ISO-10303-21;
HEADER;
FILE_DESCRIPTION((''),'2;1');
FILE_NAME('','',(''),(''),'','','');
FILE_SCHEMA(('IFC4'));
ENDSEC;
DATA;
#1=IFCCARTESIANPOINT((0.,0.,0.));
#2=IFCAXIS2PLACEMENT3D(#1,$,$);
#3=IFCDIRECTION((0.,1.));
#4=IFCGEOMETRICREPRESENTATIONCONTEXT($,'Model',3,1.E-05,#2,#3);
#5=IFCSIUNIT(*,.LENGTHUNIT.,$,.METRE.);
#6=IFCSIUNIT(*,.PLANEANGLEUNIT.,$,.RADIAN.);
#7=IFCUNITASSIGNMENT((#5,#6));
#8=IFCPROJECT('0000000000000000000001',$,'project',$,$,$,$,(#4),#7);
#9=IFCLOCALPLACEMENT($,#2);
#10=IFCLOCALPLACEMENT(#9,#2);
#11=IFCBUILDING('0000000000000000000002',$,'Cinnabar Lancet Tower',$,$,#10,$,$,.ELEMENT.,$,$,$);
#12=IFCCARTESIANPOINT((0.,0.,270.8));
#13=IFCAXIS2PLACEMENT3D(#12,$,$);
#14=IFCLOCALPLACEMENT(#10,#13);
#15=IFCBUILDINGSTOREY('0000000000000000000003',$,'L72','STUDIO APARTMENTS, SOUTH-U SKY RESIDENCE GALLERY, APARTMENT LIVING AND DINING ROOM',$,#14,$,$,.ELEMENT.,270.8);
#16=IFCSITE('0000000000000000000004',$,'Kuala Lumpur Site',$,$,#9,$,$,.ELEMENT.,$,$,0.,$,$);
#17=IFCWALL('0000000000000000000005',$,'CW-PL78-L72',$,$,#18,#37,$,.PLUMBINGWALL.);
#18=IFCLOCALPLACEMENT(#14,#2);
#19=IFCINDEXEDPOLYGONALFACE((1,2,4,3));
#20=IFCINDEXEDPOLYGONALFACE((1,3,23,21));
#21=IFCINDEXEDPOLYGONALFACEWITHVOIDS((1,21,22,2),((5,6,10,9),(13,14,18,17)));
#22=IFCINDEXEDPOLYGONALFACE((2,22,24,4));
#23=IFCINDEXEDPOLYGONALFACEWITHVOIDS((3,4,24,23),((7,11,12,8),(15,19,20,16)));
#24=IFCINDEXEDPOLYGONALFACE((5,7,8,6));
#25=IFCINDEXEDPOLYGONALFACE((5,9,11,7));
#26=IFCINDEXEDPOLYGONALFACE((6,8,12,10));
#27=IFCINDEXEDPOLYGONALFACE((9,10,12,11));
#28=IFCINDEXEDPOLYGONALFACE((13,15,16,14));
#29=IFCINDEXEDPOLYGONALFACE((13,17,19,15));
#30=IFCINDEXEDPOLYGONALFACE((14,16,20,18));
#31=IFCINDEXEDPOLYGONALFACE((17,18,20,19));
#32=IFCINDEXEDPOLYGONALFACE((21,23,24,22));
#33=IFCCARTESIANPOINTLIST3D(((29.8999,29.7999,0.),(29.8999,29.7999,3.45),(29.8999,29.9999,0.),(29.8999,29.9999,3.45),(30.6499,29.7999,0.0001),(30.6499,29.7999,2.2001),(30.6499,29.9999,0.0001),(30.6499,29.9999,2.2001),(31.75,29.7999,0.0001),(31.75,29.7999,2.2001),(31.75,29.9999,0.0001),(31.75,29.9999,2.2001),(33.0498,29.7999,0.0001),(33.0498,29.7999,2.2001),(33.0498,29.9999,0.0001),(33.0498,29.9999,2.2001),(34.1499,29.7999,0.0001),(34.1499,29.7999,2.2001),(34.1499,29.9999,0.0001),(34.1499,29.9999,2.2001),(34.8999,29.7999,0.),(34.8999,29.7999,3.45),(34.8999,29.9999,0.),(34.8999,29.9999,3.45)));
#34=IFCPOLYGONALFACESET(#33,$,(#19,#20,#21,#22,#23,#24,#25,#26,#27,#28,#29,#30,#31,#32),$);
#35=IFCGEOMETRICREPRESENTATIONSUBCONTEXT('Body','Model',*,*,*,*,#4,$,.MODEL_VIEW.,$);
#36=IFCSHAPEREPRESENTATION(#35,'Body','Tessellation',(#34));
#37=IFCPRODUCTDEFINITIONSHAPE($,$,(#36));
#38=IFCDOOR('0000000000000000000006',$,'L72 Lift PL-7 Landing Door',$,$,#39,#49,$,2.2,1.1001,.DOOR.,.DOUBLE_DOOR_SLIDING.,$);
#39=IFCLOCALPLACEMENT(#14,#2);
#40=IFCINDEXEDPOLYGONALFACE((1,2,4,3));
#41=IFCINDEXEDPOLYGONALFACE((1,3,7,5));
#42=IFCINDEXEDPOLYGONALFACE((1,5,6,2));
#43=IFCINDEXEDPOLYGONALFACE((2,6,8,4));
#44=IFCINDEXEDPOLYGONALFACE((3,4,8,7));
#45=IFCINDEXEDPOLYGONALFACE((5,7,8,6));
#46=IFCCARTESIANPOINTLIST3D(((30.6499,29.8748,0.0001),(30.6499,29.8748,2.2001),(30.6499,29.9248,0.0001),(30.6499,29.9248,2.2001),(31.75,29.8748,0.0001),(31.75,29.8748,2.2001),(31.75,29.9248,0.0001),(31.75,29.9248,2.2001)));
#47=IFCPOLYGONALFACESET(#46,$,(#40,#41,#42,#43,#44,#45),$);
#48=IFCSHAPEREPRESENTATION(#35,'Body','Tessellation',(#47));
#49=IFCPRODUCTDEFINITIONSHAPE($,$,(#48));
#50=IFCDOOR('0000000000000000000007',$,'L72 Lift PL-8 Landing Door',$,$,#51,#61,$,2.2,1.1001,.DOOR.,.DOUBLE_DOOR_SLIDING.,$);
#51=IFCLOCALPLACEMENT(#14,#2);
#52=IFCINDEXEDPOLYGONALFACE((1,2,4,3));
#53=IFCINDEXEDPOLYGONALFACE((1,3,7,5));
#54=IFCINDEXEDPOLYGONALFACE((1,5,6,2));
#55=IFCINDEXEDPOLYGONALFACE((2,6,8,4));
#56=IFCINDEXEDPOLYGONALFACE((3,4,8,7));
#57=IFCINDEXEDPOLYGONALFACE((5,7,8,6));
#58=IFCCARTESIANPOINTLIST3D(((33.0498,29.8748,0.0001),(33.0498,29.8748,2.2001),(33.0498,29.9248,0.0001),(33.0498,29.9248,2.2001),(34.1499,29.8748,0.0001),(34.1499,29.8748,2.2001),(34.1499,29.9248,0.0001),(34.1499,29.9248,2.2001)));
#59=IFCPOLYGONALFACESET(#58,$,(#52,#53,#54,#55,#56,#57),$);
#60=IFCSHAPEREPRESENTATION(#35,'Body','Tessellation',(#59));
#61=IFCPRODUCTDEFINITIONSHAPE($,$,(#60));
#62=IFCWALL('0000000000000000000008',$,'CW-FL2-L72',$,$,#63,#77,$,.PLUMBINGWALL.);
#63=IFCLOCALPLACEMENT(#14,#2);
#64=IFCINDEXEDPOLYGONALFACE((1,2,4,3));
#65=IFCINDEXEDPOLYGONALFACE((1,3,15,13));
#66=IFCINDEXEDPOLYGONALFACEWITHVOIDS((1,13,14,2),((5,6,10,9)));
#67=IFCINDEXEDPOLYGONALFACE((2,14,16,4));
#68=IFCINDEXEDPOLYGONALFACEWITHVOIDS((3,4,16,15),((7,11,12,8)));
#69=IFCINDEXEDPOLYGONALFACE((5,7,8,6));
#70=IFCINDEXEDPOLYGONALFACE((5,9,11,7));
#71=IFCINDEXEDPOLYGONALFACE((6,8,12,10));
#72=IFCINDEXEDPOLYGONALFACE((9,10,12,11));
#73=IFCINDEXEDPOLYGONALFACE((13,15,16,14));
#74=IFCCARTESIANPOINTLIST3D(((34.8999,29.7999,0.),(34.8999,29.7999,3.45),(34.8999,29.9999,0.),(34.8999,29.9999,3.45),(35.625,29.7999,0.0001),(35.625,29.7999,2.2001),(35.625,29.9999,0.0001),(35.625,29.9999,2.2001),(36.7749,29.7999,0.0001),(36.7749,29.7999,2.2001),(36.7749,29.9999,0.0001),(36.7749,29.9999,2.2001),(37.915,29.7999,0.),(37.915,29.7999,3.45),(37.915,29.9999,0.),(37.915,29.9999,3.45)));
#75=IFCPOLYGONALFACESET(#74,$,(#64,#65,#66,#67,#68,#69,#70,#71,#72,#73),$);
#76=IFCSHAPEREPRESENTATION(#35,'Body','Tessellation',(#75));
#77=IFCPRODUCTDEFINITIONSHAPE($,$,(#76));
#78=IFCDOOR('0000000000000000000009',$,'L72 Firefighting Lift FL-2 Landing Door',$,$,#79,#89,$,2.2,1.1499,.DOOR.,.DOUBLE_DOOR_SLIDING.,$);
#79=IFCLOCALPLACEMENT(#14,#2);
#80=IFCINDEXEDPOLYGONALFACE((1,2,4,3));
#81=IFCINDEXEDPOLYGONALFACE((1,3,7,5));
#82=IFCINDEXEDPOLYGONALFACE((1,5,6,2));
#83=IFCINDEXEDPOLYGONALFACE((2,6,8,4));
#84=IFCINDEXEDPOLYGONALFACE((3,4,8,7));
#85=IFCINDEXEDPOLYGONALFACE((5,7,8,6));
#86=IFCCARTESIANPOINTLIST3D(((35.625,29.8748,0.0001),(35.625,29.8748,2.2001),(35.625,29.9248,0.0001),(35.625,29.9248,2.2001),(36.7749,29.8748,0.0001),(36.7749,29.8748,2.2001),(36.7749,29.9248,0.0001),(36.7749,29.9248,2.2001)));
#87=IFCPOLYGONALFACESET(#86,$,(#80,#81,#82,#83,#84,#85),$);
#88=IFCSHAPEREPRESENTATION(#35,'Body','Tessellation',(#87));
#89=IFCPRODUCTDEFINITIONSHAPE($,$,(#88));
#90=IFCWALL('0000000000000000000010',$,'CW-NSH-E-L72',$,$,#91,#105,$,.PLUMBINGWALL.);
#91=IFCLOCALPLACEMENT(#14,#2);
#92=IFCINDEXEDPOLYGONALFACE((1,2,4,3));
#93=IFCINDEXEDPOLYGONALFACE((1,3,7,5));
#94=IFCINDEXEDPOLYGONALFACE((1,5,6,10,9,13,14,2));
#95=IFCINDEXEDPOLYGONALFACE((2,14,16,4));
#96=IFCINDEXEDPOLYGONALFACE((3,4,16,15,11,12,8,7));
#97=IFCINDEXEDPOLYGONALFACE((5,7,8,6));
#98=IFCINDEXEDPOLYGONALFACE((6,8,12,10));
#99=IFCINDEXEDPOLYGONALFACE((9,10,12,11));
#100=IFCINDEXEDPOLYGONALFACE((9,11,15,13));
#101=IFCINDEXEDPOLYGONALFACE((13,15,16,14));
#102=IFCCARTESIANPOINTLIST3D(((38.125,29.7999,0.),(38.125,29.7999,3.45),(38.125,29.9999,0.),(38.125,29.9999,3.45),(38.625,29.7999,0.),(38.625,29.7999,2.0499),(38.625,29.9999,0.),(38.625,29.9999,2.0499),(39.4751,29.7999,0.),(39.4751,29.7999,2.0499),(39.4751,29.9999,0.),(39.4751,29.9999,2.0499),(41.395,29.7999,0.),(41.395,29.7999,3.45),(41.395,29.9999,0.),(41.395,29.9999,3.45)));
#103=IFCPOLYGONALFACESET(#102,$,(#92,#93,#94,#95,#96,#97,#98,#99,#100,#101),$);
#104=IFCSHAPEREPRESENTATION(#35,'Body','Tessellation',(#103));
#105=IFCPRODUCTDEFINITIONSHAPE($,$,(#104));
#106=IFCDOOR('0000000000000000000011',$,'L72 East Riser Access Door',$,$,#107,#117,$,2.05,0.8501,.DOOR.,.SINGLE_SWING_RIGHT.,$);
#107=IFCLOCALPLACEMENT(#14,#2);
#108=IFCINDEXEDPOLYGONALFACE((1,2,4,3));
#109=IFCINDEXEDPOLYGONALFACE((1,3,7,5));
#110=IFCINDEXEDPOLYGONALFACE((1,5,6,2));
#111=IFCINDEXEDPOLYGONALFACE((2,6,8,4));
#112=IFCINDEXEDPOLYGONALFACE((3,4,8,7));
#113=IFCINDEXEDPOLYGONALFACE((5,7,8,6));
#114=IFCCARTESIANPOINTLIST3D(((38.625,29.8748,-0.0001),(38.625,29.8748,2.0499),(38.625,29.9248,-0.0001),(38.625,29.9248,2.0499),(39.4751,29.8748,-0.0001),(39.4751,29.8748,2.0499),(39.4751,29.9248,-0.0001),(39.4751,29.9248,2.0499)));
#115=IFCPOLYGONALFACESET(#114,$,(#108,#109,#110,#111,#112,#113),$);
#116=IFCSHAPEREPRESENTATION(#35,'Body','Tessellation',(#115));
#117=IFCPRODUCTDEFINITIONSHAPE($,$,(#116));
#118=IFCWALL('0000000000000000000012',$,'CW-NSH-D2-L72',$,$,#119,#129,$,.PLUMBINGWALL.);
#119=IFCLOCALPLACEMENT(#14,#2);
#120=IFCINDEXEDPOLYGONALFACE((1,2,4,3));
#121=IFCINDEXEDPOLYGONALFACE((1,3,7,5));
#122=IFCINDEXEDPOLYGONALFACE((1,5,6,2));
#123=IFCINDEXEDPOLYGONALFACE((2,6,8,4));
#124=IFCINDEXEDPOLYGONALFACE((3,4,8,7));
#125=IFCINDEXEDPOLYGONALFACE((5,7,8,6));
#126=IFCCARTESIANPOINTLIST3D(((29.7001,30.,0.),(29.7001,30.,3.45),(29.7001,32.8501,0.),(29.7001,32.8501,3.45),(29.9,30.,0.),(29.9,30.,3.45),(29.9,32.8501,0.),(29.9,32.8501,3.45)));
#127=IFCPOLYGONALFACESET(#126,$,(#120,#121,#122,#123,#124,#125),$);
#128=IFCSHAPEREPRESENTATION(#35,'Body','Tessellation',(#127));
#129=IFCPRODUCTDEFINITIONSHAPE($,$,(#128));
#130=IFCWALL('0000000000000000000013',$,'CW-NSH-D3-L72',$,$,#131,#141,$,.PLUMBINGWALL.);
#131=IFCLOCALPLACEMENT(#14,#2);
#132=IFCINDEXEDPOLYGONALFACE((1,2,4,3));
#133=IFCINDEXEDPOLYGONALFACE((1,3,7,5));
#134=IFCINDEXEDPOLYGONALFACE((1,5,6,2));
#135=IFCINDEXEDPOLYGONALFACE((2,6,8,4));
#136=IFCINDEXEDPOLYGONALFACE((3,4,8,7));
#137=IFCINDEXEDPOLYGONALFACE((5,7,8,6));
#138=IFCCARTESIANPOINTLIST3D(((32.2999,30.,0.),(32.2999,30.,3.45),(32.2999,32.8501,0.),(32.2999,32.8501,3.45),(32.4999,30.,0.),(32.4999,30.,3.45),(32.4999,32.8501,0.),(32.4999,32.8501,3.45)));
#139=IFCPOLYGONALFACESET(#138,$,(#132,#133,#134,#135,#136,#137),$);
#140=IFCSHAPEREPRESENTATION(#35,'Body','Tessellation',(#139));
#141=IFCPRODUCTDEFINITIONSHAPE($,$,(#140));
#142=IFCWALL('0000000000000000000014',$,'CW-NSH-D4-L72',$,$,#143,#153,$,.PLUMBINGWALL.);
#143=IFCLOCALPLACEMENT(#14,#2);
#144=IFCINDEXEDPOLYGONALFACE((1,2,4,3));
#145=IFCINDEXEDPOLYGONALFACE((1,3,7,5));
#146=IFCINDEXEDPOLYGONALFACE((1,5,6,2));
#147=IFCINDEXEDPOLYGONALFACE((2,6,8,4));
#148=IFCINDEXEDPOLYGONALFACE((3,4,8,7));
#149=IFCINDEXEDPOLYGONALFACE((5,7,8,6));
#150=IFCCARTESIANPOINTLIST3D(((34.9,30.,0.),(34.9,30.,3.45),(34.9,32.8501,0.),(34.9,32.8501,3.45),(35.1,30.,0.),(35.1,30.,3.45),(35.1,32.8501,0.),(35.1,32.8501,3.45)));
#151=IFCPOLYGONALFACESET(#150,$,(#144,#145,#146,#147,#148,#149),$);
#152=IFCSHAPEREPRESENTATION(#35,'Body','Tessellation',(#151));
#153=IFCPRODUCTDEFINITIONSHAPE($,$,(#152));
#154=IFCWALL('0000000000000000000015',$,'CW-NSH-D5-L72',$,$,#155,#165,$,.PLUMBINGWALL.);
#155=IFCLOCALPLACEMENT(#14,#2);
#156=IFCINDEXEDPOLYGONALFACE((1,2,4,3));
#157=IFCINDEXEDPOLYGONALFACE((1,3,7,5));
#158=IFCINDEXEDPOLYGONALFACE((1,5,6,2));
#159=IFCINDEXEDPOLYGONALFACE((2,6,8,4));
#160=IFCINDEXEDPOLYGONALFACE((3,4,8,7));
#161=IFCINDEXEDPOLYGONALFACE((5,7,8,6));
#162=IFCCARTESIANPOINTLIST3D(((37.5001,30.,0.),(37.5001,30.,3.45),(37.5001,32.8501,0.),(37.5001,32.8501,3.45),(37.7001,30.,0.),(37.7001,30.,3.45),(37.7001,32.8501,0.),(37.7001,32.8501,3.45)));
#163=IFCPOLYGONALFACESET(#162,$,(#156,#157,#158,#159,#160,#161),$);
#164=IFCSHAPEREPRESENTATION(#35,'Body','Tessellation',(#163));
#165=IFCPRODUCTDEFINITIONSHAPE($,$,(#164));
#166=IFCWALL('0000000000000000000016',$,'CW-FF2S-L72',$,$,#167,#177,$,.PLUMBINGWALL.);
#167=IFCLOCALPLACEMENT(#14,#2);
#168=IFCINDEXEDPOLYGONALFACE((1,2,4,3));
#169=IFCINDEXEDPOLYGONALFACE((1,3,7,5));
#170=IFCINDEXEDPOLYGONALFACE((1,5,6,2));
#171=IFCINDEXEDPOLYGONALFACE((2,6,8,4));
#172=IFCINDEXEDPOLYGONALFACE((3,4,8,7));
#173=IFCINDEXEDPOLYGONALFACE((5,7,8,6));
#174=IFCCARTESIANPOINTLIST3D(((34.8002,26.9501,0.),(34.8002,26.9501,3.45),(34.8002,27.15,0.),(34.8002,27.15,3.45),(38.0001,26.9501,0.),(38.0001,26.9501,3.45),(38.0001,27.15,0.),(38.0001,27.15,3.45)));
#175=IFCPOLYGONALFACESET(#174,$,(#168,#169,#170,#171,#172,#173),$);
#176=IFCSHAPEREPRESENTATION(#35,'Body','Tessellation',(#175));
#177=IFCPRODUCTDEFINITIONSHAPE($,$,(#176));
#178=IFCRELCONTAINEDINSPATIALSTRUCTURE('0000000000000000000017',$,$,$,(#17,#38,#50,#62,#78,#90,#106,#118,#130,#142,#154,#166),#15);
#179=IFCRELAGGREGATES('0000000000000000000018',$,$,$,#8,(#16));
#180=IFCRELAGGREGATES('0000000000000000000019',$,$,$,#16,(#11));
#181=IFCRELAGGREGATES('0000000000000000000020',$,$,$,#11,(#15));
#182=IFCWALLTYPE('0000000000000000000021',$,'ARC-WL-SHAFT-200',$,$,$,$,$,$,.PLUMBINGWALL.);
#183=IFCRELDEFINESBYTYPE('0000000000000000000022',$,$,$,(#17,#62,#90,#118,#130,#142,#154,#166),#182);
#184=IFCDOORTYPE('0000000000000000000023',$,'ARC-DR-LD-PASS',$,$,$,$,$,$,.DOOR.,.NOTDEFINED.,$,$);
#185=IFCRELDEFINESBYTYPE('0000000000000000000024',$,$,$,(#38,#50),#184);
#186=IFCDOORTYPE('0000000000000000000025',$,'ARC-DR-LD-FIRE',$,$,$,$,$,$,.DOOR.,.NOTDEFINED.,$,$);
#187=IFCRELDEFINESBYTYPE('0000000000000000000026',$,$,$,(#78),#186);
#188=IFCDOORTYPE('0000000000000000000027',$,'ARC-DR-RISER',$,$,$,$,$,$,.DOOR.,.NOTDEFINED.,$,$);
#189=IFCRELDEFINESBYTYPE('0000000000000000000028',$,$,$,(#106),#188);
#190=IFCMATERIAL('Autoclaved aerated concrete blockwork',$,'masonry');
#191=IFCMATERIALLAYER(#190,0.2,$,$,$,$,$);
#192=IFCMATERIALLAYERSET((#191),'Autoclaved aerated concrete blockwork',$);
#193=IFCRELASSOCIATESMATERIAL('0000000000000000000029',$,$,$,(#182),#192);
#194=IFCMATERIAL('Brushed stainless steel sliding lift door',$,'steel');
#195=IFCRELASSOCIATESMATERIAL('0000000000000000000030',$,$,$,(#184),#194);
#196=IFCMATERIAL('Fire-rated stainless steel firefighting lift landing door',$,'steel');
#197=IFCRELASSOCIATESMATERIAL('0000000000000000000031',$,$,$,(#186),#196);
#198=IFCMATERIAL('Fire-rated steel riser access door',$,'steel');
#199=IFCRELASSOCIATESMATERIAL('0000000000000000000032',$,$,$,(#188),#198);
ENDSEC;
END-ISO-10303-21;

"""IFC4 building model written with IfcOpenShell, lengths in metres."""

from ifc_helpers import new_model, si_unit, direction, frame, frame_2d, origin, place, context, subcontext, project, spatial, rectangle, extrude, material, layer, layer_set, type_object, element, fill, save


model = new_model("IFC4")

# Units and contexts
model_context = context("Model", 3, precision=1e-05, world=origin(), true_north=direction((0.0, 1.0)))
body_context = subcontext(model_context, "Body", "Model", "MODEL_VIEW")
ifc_project = project(units=[si_unit("LENGTHUNIT", "METRE"), si_unit("PLANEANGLEUNIT", "RADIAN")], contexts=[model_context])

# Site, building, storey
site_placement = place(None, origin())
site = spatial("IfcSite", under=ifc_project, at=site_placement, Name="Kuala Lumpur Site", CompositionType="ELEMENT", RefElevation=0.0)
building_placement = place(site_placement, origin())
building = spatial("IfcBuilding", under=site, at=building_placement, Name="Cinnabar Lancet Tower", CompositionType="ELEMENT")
storey_placement = place(building_placement, frame((0.0, 0.0, 270.8)))
storey = spatial("IfcBuildingStorey", under=building, at=storey_placement, Name="L72", Description="STUDIO APARTMENTS, SOUTH-U SKY RESIDENCE GALLERY, APARTMENT LIVING AND DINING ROOM", CompositionType="ELEMENT", Elevation=270.8)

# Wall, openings, doors
ifc_material_1 = material(Name="Autoclaved aerated concrete blockwork", Category="masonry")
ifc_layer = layer(ifc_material_1, 0.2)
ifc_layer_set = layer_set([ifc_layer], Name="Autoclaved aerated concrete blockwork")
wall_type = type_object("IfcWallType", Name="ARC-WL-SHAFT-200", PredefinedType="PLUMBINGWALL", material=ifc_layer_set)
wall_1_placement = place(storey_placement, frame((29.8999, 29.8999, 0.0), z_axis=(0.0, 0.0, 1.0), x_axis=(1.0, 0.0, 0.0)))
wall_1 = element("IfcWall", 1, at=wall_1_placement, inside=storey, type_object=wall_type, Name="CW-PL78-L72", PredefinedType="PLUMBINGWALL", context=body_context, shape_type="SweptSolid", body=[
    extrude(rectangle(XDim=5.0, YDim=0.2, at=frame_2d((2.5, 0.0))), origin(), (0.0, 0.0, 1.0), 3.45),
])
opening_1_placement = place(wall_1_placement, frame((0.75, 0.0, 0.0)))
opening_1 = element("IfcOpeningElement", 2, at=opening_1_placement, cuts=wall_1, PredefinedType="OPENING", context=body_context, shape_type="SweptSolid", body=[
    extrude(rectangle(XDim=1.1001, YDim=2.2, at=frame_2d((0.55, 1.1001))), frame((0.0, 0.1099, 0.0), z_axis=(0.0, -1.0, 0.0), x_axis=(1.0, 0.0, 0.0)), (0.0, 0.0, 1.0), 0.22),
])
opening_2_placement = place(wall_1_placement, frame((3.1499, 0.0, 0.0)))
opening_2 = element("IfcOpeningElement", 3, at=opening_2_placement, cuts=wall_1, PredefinedType="OPENING", context=body_context, shape_type="SweptSolid", body=[
    extrude(rectangle(XDim=1.1001, YDim=2.2, at=frame_2d((0.55, 1.1001))), frame((0.0, 0.1099, 0.0), z_axis=(0.0, -1.0, 0.0), x_axis=(1.0, 0.0, 0.0)), (0.0, 0.0, 1.0), 0.22),
])
ifc_material_2 = material(Name="Brushed stainless steel sliding lift door", Category="steel")
door_type_1 = type_object("IfcDoorType", Name="ARC-DR-LD-PASS", OperationType="NOTDEFINED", PredefinedType="DOOR", material=ifc_material_2)
door_1_placement = place(opening_1_placement, origin())
door_1 = element("IfcDoor", 4, at=door_1_placement, inside=storey, type_object=door_type_1, Name="L72 Lift PL-7 Landing Door", OperationType="DOUBLE_DOOR_SLIDING", OverallHeight=2.2, OverallWidth=1.1001, PredefinedType="DOOR", context=body_context, shape_type="SweptSolid", body=[
    extrude(rectangle(XDim=1.1001, YDim=2.2, at=frame_2d((0.55, 1.1001))), frame((0.0, 0.0249, 0.0), z_axis=(0.0, -1.0, 0.0), x_axis=(1.0, 0.0, 0.0)), (0.0, 0.0, 1.0), 0.05),
])
fill(opening_1, door_1)
door_2_placement = place(opening_2_placement, origin())
door_2 = element("IfcDoor", 5, at=door_2_placement, inside=storey, type_object=door_type_1, Name="L72 Lift PL-8 Landing Door", OperationType="DOUBLE_DOOR_SLIDING", OverallHeight=2.2, OverallWidth=1.1001, PredefinedType="DOOR", context=body_context, shape_type="SweptSolid", body=[
    extrude(rectangle(XDim=1.1001, YDim=2.2, at=frame_2d((0.55, 1.1001))), frame((0.0, 0.0249, 0.0), z_axis=(0.0, -1.0, 0.0), x_axis=(1.0, 0.0, 0.0)), (0.0, 0.0, 1.0), 0.05),
])
fill(opening_2, door_2)

# Walls, openings, doors
wall_2_placement = place(storey_placement, frame((34.8999, 29.8999, 0.0), z_axis=(0.0, 0.0, 1.0), x_axis=(1.0, 0.0, 0.0)))
wall_2 = element("IfcWall", 6, at=wall_2_placement, inside=storey, type_object=wall_type, Name="CW-FL2-L72", PredefinedType="PLUMBINGWALL", context=body_context, shape_type="SweptSolid", body=[
    extrude(rectangle(XDim=3.0151, YDim=0.2, at=frame_2d((1.5076, 0.0))), origin(), (0.0, 0.0, 1.0), 3.45),
])
opening_3_placement = place(wall_2_placement, frame((0.7251, 0.0, 0.0)))
opening_3 = element("IfcOpeningElement", 7, at=opening_3_placement, cuts=wall_2, PredefinedType="OPENING", context=body_context, shape_type="SweptSolid", body=[
    extrude(rectangle(XDim=1.1499, YDim=2.2, at=frame_2d((0.575, 1.1001))), frame((0.0, 0.1099, 0.0), z_axis=(0.0, -1.0, 0.0), x_axis=(1.0, 0.0, 0.0)), (0.0, 0.0, 1.0), 0.22),
])
ifc_material_3 = material(Name="Fire-rated stainless steel firefighting lift landing door", Category="steel")
door_type_2 = type_object("IfcDoorType", Name="ARC-DR-LD-FIRE", OperationType="NOTDEFINED", PredefinedType="DOOR", material=ifc_material_3)
door_3_placement = place(opening_3_placement, origin())
door_3 = element("IfcDoor", 8, at=door_3_placement, inside=storey, type_object=door_type_2, Name="L72 Firefighting Lift FL-2 Landing Door", OperationType="DOUBLE_DOOR_SLIDING", OverallHeight=2.2, OverallWidth=1.1499, PredefinedType="DOOR", context=body_context, shape_type="SweptSolid", body=[
    extrude(rectangle(XDim=1.1499, YDim=2.2, at=frame_2d((0.575, 1.1001))), frame((0.0, 0.0249, 0.0), z_axis=(0.0, -1.0, 0.0), x_axis=(1.0, 0.0, 0.0)), (0.0, 0.0, 1.0), 0.05),
])
fill(opening_3, door_3)
wall_3_placement = place(storey_placement, frame((38.125, 29.8999, 0.0), z_axis=(0.0, 0.0, 1.0), x_axis=(1.0, 0.0, 0.0)))
wall_3 = element("IfcWall", 9, at=wall_3_placement, inside=storey, type_object=wall_type, Name="CW-NSH-E-L72", PredefinedType="PLUMBINGWALL", context=body_context, shape_type="SweptSolid", body=[
    extrude(rectangle(XDim=3.27, YDim=0.2, at=frame_2d((1.635, 0.0))), origin(), (0.0, 0.0, 1.0), 3.45),
])
opening_4_placement = place(wall_3_placement, frame((0.5, 0.0, 0.0)))
opening_4 = element("IfcOpeningElement", 10, at=opening_4_placement, cuts=wall_3, PredefinedType="OPENING", context=body_context, shape_type="SweptSolid", body=[
    extrude(rectangle(XDim=0.8501, YDim=2.05, at=frame_2d((0.425, 1.0249))), frame((0.0, 0.1099, 0.0), z_axis=(0.0, -1.0, 0.0), x_axis=(1.0, 0.0, 0.0)), (0.0, 0.0, 1.0), 0.22),
])
ifc_material_4 = material(Name="Fire-rated steel riser access door", Category="steel")
door_type_3 = type_object("IfcDoorType", Name="ARC-DR-RISER", OperationType="NOTDEFINED", PredefinedType="DOOR", material=ifc_material_4)
door_4_placement = place(opening_4_placement, origin())
door_4 = element("IfcDoor", 11, at=door_4_placement, inside=storey, type_object=door_type_3, Name="L72 East Riser Access Door", OperationType="SINGLE_SWING_RIGHT", OverallHeight=2.05, OverallWidth=0.8501, PredefinedType="DOOR", context=body_context, shape_type="SweptSolid", body=[
    extrude(rectangle(XDim=0.8501, YDim=2.05, at=frame_2d((0.425, 1.0249))), frame((0.0, 0.0249, 0.0), z_axis=(0.0, -1.0, 0.0), x_axis=(1.0, 0.0, 0.0)), (0.0, 0.0, 1.0), 0.05),
])
fill(opening_4, door_4)

# Walls
for number, where, z_axis, x_axis, name in (
    (12, (29.8, 30.0, 0.0), (0.0, 0.0, 1.0), (0.0, 1.0, 0.0), "CW-NSH-D2-L72"),
    (13, (32.3999, 30.0, 0.0), (0.0, 0.0, 1.0), (0.0, 1.0, 0.0), "CW-NSH-D3-L72"),
    (14, (35.0, 30.0, 0.0), (0.0, 0.0, 1.0), (0.0, 1.0, 0.0), "CW-NSH-D4-L72"),
    (15, (37.6001, 30.0, 0.0), (0.0, 0.0, 1.0), (0.0, 1.0, 0.0), "CW-NSH-D5-L72"),
):
    element("IfcWall", number, at=place(storey_placement, frame(where, z_axis=z_axis, x_axis=x_axis)), inside=storey, type_object=wall_type, Name=name, PredefinedType="PLUMBINGWALL", context=body_context, shape_type="SweptSolid", body=[
        extrude(rectangle(XDim=2.8501, YDim=0.2, at=frame_2d((1.425, 0.0))), origin(), (0.0, 0.0, 1.0), 3.45),
    ])

# Wall
wall_4_placement = place(storey_placement, frame((34.8, 27.05, 0.0), z_axis=(0.0, 0.0, 1.0), x_axis=(1.0, 0.0, 0.0)))
element("IfcWall", 16, at=wall_4_placement, inside=storey, type_object=wall_type, Name="CW-FF2S-L72", PredefinedType="PLUMBINGWALL", context=body_context, shape_type="SweptSolid", body=[
    extrude(rectangle(XDim=3.2, YDim=0.2, at=frame_2d((1.6001, 0.0))), origin(), (0.0, 0.0, 1.0), 3.45),
])

save(model, "model.ifc")
